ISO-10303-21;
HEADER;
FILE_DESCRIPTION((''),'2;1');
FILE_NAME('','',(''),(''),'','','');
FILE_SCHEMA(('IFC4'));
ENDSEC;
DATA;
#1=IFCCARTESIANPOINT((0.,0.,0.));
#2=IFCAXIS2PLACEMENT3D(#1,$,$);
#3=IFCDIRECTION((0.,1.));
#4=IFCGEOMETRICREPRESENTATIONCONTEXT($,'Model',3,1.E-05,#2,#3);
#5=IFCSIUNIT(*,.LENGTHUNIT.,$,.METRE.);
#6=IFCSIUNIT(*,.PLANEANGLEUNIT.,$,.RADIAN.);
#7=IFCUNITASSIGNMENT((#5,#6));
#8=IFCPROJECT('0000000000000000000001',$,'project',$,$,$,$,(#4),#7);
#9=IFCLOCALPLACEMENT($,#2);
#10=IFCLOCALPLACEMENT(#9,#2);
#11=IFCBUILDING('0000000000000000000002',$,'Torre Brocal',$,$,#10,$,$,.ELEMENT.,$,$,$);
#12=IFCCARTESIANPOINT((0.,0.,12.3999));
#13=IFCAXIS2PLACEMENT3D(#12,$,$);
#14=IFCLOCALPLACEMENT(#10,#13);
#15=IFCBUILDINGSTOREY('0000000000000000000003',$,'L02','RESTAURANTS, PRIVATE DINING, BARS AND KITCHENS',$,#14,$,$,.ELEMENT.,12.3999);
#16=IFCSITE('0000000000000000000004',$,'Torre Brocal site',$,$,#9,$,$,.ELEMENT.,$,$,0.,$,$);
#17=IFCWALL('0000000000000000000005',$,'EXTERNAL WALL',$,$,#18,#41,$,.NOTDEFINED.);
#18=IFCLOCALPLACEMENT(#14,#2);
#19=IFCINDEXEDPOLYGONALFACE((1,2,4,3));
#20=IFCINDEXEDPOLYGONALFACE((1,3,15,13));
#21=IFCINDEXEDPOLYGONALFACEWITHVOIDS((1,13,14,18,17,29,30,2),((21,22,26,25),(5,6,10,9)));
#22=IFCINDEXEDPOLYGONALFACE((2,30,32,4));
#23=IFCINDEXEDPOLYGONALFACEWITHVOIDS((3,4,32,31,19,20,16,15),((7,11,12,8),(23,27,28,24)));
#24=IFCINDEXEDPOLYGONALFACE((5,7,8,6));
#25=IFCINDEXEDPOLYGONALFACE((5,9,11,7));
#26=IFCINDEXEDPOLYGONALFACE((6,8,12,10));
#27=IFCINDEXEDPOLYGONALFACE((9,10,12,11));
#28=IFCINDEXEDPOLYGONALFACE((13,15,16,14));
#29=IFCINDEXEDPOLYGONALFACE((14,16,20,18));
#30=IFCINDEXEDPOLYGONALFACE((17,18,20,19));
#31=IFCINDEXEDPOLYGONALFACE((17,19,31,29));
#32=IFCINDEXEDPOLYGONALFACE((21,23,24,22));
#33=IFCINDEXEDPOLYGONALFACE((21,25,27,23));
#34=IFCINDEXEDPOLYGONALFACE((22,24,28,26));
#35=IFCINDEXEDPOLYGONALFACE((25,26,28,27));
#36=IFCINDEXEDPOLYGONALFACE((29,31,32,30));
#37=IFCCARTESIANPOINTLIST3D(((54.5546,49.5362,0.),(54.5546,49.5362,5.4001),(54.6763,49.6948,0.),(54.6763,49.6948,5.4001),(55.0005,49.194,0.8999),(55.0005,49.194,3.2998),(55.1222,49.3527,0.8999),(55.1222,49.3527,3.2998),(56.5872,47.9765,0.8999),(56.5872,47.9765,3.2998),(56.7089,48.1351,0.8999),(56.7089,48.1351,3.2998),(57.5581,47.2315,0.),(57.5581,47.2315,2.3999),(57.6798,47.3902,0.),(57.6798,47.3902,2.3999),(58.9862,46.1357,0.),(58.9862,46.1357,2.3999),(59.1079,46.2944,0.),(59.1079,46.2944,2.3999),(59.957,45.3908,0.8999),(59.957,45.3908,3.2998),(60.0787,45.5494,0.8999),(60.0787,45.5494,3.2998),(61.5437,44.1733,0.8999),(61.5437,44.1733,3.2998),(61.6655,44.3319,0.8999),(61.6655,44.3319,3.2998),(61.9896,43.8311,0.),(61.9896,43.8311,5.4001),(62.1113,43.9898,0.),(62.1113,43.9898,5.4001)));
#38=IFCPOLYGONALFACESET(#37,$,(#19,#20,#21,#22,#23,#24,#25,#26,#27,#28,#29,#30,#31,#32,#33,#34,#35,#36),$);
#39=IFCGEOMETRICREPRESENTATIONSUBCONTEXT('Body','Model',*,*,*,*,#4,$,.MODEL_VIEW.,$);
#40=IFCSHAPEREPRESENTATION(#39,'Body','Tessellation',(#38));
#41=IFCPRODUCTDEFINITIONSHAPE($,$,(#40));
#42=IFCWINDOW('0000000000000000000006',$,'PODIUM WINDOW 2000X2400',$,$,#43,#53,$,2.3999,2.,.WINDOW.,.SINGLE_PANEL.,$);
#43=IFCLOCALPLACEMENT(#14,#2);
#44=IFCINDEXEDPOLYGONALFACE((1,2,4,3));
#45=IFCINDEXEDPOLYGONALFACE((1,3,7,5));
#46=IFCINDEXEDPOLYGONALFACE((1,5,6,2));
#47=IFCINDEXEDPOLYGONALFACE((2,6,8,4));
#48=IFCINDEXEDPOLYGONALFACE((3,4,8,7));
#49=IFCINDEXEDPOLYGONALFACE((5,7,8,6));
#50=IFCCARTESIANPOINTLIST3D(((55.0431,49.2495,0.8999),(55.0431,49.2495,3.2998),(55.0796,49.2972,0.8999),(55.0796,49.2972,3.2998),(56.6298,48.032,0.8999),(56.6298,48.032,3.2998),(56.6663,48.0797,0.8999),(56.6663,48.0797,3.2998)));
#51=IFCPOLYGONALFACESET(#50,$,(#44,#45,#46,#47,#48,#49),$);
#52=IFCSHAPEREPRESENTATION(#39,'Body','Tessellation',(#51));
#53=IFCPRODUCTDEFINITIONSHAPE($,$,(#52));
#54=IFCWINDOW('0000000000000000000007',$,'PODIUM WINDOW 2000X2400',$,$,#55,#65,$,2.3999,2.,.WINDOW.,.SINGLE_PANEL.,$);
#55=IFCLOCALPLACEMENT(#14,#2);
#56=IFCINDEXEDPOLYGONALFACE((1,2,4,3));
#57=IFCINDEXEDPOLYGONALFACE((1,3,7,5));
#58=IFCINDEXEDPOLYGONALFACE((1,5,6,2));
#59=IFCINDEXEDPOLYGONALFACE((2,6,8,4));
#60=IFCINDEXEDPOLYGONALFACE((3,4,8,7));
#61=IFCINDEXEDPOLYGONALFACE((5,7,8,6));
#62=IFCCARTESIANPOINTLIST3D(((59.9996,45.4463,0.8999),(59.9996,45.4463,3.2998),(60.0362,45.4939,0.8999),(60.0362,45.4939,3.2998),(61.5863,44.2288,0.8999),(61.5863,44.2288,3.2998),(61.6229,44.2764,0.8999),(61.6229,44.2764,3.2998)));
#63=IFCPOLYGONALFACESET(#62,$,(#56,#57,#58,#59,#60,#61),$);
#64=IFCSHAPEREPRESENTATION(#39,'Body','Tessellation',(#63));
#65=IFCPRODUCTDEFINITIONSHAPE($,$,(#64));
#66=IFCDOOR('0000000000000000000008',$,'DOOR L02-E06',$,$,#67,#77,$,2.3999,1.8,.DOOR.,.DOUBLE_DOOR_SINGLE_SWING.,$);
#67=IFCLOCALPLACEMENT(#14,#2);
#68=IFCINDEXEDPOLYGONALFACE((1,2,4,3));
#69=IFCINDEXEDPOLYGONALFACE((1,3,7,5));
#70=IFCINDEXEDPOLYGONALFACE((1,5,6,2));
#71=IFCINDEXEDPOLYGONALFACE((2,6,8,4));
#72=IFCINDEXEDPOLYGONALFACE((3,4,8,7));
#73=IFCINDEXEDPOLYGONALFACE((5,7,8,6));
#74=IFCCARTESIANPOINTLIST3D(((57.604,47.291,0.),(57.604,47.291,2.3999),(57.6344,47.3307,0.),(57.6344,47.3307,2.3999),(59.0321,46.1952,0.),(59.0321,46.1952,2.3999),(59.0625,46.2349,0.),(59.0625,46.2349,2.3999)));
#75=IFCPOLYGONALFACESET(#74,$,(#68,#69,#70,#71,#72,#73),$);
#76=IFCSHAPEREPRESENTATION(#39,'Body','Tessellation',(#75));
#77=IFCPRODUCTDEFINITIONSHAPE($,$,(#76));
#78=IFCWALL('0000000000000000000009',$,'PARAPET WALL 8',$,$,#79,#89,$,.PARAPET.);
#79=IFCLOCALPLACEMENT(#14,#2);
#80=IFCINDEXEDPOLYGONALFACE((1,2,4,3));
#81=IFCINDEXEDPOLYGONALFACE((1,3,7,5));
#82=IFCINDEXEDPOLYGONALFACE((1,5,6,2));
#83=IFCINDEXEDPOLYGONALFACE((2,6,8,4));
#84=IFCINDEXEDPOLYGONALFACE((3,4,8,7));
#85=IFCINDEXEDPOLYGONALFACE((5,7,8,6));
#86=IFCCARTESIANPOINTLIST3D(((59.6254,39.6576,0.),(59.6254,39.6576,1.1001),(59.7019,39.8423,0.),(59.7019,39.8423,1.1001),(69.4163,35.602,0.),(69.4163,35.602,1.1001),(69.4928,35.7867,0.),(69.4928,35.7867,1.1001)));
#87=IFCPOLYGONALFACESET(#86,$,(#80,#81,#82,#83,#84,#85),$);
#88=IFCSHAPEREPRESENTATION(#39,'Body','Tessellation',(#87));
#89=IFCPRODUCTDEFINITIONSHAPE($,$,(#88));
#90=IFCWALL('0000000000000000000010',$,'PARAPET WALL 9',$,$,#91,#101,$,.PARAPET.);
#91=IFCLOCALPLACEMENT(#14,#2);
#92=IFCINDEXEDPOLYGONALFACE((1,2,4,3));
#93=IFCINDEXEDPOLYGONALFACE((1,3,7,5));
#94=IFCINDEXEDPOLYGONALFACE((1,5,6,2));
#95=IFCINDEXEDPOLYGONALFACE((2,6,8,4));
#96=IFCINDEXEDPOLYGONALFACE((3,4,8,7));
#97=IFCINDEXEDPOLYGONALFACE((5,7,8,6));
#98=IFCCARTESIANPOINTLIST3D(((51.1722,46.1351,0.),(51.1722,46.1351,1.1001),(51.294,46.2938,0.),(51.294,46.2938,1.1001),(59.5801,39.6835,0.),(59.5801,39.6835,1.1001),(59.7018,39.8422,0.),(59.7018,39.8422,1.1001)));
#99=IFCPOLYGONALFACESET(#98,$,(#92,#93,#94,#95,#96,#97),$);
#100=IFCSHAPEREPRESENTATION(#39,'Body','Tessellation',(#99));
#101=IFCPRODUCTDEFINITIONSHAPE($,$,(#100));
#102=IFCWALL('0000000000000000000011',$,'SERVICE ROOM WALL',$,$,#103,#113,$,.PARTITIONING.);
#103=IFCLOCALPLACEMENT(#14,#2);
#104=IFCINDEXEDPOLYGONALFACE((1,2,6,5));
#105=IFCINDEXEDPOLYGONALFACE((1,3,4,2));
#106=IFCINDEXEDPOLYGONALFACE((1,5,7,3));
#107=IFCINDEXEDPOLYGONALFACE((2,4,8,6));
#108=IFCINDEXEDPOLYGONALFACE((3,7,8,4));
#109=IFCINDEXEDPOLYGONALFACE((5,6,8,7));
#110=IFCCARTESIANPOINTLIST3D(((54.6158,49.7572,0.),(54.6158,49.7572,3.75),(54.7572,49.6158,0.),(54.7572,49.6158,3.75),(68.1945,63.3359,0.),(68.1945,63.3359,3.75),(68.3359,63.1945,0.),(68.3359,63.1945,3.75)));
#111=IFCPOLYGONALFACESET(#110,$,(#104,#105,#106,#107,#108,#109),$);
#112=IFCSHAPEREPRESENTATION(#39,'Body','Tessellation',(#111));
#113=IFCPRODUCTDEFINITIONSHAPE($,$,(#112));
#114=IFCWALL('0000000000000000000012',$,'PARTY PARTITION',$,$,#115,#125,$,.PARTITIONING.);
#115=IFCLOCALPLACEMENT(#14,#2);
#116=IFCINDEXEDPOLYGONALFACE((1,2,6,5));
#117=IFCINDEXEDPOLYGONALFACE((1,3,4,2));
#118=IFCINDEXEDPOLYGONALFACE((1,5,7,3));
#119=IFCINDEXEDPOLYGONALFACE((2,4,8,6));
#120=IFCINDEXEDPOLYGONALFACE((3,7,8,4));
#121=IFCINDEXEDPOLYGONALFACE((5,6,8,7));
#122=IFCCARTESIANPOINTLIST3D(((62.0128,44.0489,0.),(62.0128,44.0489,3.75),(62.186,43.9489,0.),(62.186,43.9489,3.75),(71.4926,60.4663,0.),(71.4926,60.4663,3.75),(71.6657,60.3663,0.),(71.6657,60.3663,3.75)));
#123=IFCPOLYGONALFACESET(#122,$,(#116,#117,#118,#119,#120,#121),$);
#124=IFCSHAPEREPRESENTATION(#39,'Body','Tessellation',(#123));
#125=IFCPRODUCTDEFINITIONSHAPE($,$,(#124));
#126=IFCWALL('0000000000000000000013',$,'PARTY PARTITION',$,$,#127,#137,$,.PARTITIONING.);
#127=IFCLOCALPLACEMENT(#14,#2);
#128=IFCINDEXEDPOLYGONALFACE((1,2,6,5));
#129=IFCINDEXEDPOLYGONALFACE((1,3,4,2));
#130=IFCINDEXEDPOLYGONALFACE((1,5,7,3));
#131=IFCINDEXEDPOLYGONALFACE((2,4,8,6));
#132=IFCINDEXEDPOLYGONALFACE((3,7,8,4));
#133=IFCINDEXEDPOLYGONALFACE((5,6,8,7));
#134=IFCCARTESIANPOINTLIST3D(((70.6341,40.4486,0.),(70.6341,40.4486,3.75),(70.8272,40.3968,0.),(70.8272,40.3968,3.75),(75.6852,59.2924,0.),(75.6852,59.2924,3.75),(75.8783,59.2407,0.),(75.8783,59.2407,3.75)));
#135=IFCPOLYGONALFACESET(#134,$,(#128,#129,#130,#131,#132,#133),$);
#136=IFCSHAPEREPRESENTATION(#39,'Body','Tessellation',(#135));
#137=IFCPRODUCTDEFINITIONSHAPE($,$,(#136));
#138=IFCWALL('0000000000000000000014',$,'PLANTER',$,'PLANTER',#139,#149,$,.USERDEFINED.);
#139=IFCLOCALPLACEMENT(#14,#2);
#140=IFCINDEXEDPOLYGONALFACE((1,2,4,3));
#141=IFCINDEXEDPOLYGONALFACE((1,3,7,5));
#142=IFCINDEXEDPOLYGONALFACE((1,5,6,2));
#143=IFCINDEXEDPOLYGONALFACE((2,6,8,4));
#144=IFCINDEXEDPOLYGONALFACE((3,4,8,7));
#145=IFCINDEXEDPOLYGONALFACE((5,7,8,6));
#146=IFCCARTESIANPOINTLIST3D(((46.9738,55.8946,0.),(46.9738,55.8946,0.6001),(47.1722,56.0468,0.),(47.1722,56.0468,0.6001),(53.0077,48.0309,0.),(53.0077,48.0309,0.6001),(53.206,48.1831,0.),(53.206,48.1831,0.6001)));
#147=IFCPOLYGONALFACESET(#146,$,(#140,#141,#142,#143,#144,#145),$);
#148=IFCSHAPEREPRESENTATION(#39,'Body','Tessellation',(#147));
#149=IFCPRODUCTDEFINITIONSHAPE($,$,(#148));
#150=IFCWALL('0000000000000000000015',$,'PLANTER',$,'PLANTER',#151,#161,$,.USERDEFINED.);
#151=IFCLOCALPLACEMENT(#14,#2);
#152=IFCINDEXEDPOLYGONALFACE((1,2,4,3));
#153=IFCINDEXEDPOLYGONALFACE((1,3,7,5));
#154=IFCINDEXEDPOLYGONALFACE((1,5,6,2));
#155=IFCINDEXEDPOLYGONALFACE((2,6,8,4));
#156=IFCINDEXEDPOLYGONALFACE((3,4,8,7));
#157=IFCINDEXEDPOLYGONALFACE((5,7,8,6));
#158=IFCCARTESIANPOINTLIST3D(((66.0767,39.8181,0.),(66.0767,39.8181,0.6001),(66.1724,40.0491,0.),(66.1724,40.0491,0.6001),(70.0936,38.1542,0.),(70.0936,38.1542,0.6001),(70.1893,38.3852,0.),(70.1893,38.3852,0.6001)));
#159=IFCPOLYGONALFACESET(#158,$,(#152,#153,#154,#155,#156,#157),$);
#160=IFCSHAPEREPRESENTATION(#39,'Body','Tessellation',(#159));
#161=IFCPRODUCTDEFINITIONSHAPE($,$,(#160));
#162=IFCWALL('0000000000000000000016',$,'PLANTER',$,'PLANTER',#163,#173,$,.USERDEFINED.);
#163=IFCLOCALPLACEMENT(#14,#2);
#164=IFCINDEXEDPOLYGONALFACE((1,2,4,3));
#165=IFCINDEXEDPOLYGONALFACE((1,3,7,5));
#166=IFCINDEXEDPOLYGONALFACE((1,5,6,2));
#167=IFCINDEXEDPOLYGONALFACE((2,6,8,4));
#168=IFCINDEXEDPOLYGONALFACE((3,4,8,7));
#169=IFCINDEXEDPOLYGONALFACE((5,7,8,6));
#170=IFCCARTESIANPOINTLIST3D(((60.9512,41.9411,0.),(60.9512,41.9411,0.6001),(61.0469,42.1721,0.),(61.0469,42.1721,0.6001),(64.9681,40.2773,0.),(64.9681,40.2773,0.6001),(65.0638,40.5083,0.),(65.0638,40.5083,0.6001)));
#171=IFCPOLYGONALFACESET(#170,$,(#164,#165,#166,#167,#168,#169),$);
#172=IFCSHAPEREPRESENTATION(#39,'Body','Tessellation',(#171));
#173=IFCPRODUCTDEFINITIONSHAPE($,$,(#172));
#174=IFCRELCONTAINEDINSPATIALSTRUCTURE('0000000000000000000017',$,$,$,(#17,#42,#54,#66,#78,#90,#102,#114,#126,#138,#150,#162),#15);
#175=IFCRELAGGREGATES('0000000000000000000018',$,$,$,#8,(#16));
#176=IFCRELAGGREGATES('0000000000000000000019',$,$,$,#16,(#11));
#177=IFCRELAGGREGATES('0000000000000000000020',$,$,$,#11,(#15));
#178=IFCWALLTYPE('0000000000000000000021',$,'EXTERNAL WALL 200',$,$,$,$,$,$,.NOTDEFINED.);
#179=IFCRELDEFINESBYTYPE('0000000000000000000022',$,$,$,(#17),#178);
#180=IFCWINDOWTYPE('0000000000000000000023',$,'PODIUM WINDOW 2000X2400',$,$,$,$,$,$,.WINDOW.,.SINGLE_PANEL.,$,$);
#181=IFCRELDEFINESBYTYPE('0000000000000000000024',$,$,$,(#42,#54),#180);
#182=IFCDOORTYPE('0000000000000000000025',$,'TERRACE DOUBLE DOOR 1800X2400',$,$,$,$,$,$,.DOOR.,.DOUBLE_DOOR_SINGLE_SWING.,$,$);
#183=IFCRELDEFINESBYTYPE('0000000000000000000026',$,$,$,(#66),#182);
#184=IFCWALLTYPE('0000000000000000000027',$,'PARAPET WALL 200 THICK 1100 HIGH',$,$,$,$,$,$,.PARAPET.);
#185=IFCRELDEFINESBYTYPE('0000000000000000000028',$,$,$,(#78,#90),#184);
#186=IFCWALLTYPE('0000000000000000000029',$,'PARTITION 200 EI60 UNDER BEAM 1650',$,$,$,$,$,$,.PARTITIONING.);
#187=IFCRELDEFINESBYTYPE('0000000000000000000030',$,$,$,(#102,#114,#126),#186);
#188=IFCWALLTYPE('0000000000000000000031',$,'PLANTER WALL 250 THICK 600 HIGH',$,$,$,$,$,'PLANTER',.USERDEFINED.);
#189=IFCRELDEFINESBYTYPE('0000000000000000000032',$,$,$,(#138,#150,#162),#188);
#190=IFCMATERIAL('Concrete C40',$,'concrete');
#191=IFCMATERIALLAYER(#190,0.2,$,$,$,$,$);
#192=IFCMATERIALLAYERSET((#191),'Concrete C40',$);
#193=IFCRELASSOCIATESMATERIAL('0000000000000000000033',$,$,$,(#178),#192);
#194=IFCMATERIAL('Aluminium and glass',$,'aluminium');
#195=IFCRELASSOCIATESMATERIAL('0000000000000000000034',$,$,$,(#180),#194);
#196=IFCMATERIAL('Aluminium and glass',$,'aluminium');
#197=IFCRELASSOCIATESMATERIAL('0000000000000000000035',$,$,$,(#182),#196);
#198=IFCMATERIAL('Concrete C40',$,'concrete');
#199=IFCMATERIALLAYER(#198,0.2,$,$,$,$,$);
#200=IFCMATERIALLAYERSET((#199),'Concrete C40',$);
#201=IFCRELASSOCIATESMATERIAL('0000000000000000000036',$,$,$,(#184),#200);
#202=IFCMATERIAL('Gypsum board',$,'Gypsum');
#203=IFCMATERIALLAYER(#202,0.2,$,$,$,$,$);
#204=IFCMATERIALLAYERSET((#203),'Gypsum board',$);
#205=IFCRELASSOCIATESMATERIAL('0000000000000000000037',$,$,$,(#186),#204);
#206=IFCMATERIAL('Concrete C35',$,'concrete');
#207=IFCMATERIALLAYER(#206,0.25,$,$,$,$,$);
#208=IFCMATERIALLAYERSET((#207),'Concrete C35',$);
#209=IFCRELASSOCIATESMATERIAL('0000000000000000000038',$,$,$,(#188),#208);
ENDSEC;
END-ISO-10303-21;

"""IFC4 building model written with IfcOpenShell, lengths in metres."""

from ifc_helpers import new_model, si_unit, direction, frame, frame_2d, origin, place, context, subcontext, project, spatial, rectangle, extrude, material, layer, layer_set, type_object, element, fill, save


model = new_model("IFC4")

# Units and contexts
model_context = context("Model", 3, precision=1e-05, world=origin(), true_north=direction((0.0, 1.0)))
body_context = subcontext(model_context, "Body", "Model", "MODEL_VIEW")
ifc_project = project(units=[si_unit("LENGTHUNIT", "METRE"), si_unit("PLANEANGLEUNIT", "RADIAN")], contexts=[model_context])

# Site, building, storey
site_placement = place(None, origin())
site = spatial("IfcSite", under=ifc_project, at=site_placement, Name="Torre Brocal site", CompositionType="ELEMENT", RefElevation=0.0)
building_placement = place(site_placement, origin())
building = spatial("IfcBuilding", under=site, at=building_placement, Name="Torre Brocal", CompositionType="ELEMENT")
storey_placement = place(building_placement, frame((0.0, 0.0, 12.3999)))
storey = spatial("IfcBuildingStorey", under=building, at=storey_placement, Name="L02", Description="RESTAURANTS, PRIVATE DINING, BARS AND KITCHENS", CompositionType="ELEMENT", Elevation=12.3999)

# Wall, openings, windows, door
ifc_material_1 = material(Name="Concrete C40", Category="concrete")
ifc_layer_1 = layer(ifc_material_1, 0.2)
ifc_layer_set_1 = layer_set([ifc_layer_1], Name="Concrete C40")
wall_type_1 = type_object("IfcWallType", Name="EXTERNAL WALL 200", PredefinedType="NOTDEFINED", material=ifc_layer_set_1)
wall_1_placement = place(storey_placement, frame((54.6155, 49.6155, 0.0), z_axis=(0.0, 0.0, 1.0), x_axis=(0.793356, -0.608759, 0.0)))
wall_1 = element("IfcWall", 1, at=wall_1_placement, inside=storey, type_object=wall_type_1, Name="EXTERNAL WALL", PredefinedType="NOTDEFINED", context=body_context, shape_type="SweptSolid", body=[
    extrude(rectangle(XDim=9.3716, YDim=0.2, at=frame_2d((4.6858, 0.0))), origin(), (0.0, 0.0, 1.0), 5.4001),
])
opening_1_placement = place(wall_1_placement, frame((0.562, 0.0, 0.8999)))
opening_1 = element("IfcOpeningElement", 2, at=opening_1_placement, cuts=wall_1, PredefinedType="OPENING", context=body_context, shape_type="SweptSolid", body=[
    extrude(rectangle(XDim=2.0, YDim=2.3999, at=frame_2d((1.0, 1.2))), frame((0.0, 0.1099, 0.0), z_axis=(0.0, -1.0, 0.0), x_axis=(1.0, 0.0, 0.0)), (0.0, 0.0, 1.0), 0.22),
])
opening_2_placement = place(wall_1_placement, frame((3.7859, 0.0, 0.0)))
opening_2 = element("IfcOpeningElement", 3, at=opening_2_placement, cuts=wall_1, PredefinedType="OPENING", context=body_context, shape_type="SweptSolid", body=[
    extrude(rectangle(XDim=1.8, YDim=2.3999, at=frame_2d((0.8999, 1.2))), frame((0.0, 0.1099, 0.0), z_axis=(0.0, -1.0, 0.0), x_axis=(1.0, 0.0, 0.0)), (0.0, 0.0, 1.0), 0.22),
])
opening_3_placement = place(wall_1_placement, frame((6.8096, 0.0, 0.8999)))
opening_3 = element("IfcOpeningElement", 4, at=opening_3_placement, cuts=wall_1, PredefinedType="OPENING", context=body_context, shape_type="SweptSolid", body=[
    extrude(rectangle(XDim=2.0, YDim=2.3999, at=frame_2d((1.0, 1.2))), frame((0.0, 0.1099, 0.0), z_axis=(0.0, -1.0, 0.0), x_axis=(1.0, 0.0, 0.0)), (0.0, 0.0, 1.0), 0.22),
])
ifc_material_2 = material(Name="Aluminium and glass", Category="aluminium")
window_type = type_object("IfcWindowType", Name="PODIUM WINDOW 2000X2400", PartitioningType="SINGLE_PANEL", PredefinedType="WINDOW", material=ifc_material_2)
window_1_placement = place(opening_1_placement, origin())
window_1 = element("IfcWindow", 5, at=window_1_placement, inside=storey, type_object=window_type, Name="PODIUM WINDOW 2000X2400", OverallHeight=2.3999, OverallWidth=2.0, PartitioningType="SINGLE_PANEL", PredefinedType="WINDOW", context=body_context, shape_type="SweptSolid", body=[
    extrude(rectangle(XDim=2.0, YDim=2.3999, at=frame_2d((1.0, 1.2))), frame((0.0, 0.03, 0.0), z_axis=(0.0, -1.0, 0.0), x_axis=(1.0, 0.0, 0.0)), (0.0, 0.0, 1.0), 0.0601),
])
fill(opening_1, window_1)
window_2_placement = place(opening_3_placement, origin())
window_2 = element("IfcWindow", 6, at=window_2_placement, inside=storey, type_object=window_type, Name="PODIUM WINDOW 2000X2400", OverallHeight=2.3999, OverallWidth=2.0, PartitioningType="SINGLE_PANEL", PredefinedType="WINDOW", context=body_context, shape_type="SweptSolid", body=[
    extrude(rectangle(XDim=2.0, YDim=2.3999, at=frame_2d((1.0, 1.2))), frame((0.0, 0.03, 0.0), z_axis=(0.0, -1.0, 0.0), x_axis=(1.0, 0.0, 0.0)), (0.0, 0.0, 1.0), 0.0601),
])
fill(opening_3, window_2)
ifc_material_3 = material(Name="Aluminium and glass", Category="aluminium")
door_type = type_object("IfcDoorType", Name="TERRACE DOUBLE DOOR 1800X2400", OperationType="DOUBLE_DOOR_SINGLE_SWING", PredefinedType="DOOR", material=ifc_material_3)
door_placement = place(opening_2_placement, frame((1.8, 0.0, 0.0), z_axis=(0.0, 0.0, 1.0), x_axis=(-1.0, 0.0, 0.0)))
door = element("IfcDoor", 7, at=door_placement, inside=storey, type_object=door_type, Name="DOOR L02-E06", OperationType="DOUBLE_DOOR_SINGLE_SWING", OverallHeight=2.3999, OverallWidth=1.8, PredefinedType="DOOR", context=body_context, shape_type="SweptSolid", body=[
    extrude(rectangle(XDim=1.8, YDim=2.3999, at=frame_2d((0.8999, 1.2))), frame((0.0, 0.0249, 0.0), z_axis=(0.0, -1.0, 0.0), x_axis=(1.0, 0.0, 0.0)), (0.0, 0.0, 1.0), 0.05),
])
fill(opening_2, door)

# Walls
ifc_material_4 = material(Name="Concrete C40", Category="concrete")
ifc_layer_2 = layer(ifc_material_4, 0.2)
ifc_layer_set_2 = layer_set([ifc_layer_2], Name="Concrete C40")
wall_type_2 = type_object("IfcWallType", Name="PARAPET WALL 200 THICK 1100 HIGH", PredefinedType="PARAPET", material=ifc_layer_set_2)
wall_2_placement = place(storey_placement, frame((69.4546, 35.6943, 0.0), z_axis=(0.0, 0.0, 1.0), x_axis=(-0.923876, 0.382691, 0.0)))
element("IfcWall", 8, at=wall_2_placement, inside=storey, type_object=wall_type_2, Name="PARAPET WALL 8", PredefinedType="PARAPET", context=body_context, shape_type="SweptSolid", body=[
    extrude(rectangle(XDim=10.5977, YDim=0.2, at=frame_2d((5.2988, 0.0))), origin(), (0.0, 0.0, 1.0), 1.1001),
])
wall_3_placement = place(storey_placement, frame((59.6409, 39.7629, 0.0), z_axis=(0.0, 0.0, 1.0), x_axis=(-0.793353, 0.608762, 0.0)))
element("IfcWall", 9, at=wall_3_placement, inside=storey, type_object=wall_type_2, Name="PARAPET WALL 9", PredefinedType="PARAPET", context=body_context, shape_type="SweptSolid", body=[
    extrude(rectangle(XDim=10.5979, YDim=0.2, at=frame_2d((5.2988, 0.0))), origin(), (0.0, 0.0, 1.0), 1.1001),
])
ifc_material_5 = material(Name="Gypsum board", Category="Gypsum")
ifc_layer_3 = layer(ifc_material_5, 0.2)
ifc_layer_set_3 = layer_set([ifc_layer_3], Name="Gypsum board")
wall_type_3 = type_object("IfcWallType", Name="PARTITION 200 EI60 UNDER BEAM 1650", PredefinedType="PARTITIONING", material=ifc_layer_set_3)
wall_4_placement = place(storey_placement, frame((54.6865, 49.6865, 0.0), z_axis=(0.0, 0.0, 1.0), x_axis=(0.707107, 0.707107, 0.0)))
element("IfcWall", 10, at=wall_4_placement, inside=storey, type_object=wall_type_3, Name="SERVICE ROOM WALL", PredefinedType="PARTITIONING", context=body_context, shape_type="SweptSolid", body=[
    extrude(rectangle(XDim=19.2031, YDim=0.2, at=frame_2d((9.6016, 0.0))), origin(), (0.0, 0.0, 1.0), 3.75),
])
wall_5_placement = place(storey_placement, frame((62.0994, 43.9988, 0.0), z_axis=(0.0, 0.0, 1.0), x_axis=(0.500043, 0.866, 0.0)))
element("IfcWall", 11, at=wall_5_placement, inside=storey, type_object=wall_type_3, Name="PARTY PARTITION", PredefinedType="PARTITIONING", context=body_context, shape_type="SweptSolid", body=[
    extrude(rectangle(XDim=18.9578, YDim=0.2, at=frame_2d((9.479, 0.0))), origin(), (0.0, 0.0, 1.0), 3.75),
])
wall_6_placement = place(storey_placement, frame((70.7307, 40.4229, 0.0), z_axis=(0.0, 0.0, 1.0), x_axis=(0.258908, 0.965902, 0.0)))
element("IfcWall", 12, at=wall_6_placement, inside=storey, type_object=wall_type_3, Name="PARTY PARTITION", PredefinedType="PARTITIONING", context=body_context, shape_type="SweptSolid", body=[
    extrude(rectangle(XDim=19.509, YDim=0.2, at=frame_2d((9.7544, 0.0))), origin(), (0.0, 0.0, 1.0), 3.75),
])
ifc_material_6 = material(Name="Concrete C35", Category="concrete")
ifc_layer_4 = layer(ifc_material_6, 0.25)
ifc_layer_set_4 = layer_set([ifc_layer_4], Name="Concrete C35")
wall_type_4 = type_object("IfcWallType", Name="PLANTER WALL 250 THICK 600 HIGH", ElementType="PLANTER", PredefinedType="USERDEFINED", material=ifc_layer_set_4)
wall_7_placement = place(storey_placement, frame((53.1069, 48.1069, 0.0), z_axis=(0.0, 0.0, 1.0), x_axis=(-0.608752, 0.793361, 0.0)))
element("IfcWall", 13, at=wall_7_placement, inside=storey, type_object=wall_type_4, Name="PLANTER", ObjectType="PLANTER", PredefinedType="USERDEFINED", context=body_context, shape_type="SweptSolid", body=[
    extrude(rectangle(XDim=9.9119, YDim=0.25, at=frame_2d((4.9561, 0.0))), origin(), (0.0, 0.0, 1.0), 0.6001),
])
for number, where, z_axis, x_axis, name in (
    (14, (70.1414, 38.2698, 0.0), (0.0, 0.0, 1.0), (-0.923881, 0.382681, 0.0), "PLANTER"),
    (15, (65.0159, 40.3928, 0.0), (0.0, 0.0, 1.0), (-0.923881, 0.382681, 0.0), "PLANTER"),
):
    element("IfcWall", number, at=place(storey_placement, frame(where, z_axis=z_axis, x_axis=x_axis)), inside=storey, type_object=wall_type_4, Name=name, ObjectType="PLANTER", PredefinedType="USERDEFINED", context=body_context, shape_type="SweptSolid", body=[
        extrude(rectangle(XDim=4.3479, YDim=0.25, at=frame_2d((2.1738, 0.0))), origin(), (0.0, 0.0, 1.0), 0.6001),
    ])

save(model, "model.ifc")
